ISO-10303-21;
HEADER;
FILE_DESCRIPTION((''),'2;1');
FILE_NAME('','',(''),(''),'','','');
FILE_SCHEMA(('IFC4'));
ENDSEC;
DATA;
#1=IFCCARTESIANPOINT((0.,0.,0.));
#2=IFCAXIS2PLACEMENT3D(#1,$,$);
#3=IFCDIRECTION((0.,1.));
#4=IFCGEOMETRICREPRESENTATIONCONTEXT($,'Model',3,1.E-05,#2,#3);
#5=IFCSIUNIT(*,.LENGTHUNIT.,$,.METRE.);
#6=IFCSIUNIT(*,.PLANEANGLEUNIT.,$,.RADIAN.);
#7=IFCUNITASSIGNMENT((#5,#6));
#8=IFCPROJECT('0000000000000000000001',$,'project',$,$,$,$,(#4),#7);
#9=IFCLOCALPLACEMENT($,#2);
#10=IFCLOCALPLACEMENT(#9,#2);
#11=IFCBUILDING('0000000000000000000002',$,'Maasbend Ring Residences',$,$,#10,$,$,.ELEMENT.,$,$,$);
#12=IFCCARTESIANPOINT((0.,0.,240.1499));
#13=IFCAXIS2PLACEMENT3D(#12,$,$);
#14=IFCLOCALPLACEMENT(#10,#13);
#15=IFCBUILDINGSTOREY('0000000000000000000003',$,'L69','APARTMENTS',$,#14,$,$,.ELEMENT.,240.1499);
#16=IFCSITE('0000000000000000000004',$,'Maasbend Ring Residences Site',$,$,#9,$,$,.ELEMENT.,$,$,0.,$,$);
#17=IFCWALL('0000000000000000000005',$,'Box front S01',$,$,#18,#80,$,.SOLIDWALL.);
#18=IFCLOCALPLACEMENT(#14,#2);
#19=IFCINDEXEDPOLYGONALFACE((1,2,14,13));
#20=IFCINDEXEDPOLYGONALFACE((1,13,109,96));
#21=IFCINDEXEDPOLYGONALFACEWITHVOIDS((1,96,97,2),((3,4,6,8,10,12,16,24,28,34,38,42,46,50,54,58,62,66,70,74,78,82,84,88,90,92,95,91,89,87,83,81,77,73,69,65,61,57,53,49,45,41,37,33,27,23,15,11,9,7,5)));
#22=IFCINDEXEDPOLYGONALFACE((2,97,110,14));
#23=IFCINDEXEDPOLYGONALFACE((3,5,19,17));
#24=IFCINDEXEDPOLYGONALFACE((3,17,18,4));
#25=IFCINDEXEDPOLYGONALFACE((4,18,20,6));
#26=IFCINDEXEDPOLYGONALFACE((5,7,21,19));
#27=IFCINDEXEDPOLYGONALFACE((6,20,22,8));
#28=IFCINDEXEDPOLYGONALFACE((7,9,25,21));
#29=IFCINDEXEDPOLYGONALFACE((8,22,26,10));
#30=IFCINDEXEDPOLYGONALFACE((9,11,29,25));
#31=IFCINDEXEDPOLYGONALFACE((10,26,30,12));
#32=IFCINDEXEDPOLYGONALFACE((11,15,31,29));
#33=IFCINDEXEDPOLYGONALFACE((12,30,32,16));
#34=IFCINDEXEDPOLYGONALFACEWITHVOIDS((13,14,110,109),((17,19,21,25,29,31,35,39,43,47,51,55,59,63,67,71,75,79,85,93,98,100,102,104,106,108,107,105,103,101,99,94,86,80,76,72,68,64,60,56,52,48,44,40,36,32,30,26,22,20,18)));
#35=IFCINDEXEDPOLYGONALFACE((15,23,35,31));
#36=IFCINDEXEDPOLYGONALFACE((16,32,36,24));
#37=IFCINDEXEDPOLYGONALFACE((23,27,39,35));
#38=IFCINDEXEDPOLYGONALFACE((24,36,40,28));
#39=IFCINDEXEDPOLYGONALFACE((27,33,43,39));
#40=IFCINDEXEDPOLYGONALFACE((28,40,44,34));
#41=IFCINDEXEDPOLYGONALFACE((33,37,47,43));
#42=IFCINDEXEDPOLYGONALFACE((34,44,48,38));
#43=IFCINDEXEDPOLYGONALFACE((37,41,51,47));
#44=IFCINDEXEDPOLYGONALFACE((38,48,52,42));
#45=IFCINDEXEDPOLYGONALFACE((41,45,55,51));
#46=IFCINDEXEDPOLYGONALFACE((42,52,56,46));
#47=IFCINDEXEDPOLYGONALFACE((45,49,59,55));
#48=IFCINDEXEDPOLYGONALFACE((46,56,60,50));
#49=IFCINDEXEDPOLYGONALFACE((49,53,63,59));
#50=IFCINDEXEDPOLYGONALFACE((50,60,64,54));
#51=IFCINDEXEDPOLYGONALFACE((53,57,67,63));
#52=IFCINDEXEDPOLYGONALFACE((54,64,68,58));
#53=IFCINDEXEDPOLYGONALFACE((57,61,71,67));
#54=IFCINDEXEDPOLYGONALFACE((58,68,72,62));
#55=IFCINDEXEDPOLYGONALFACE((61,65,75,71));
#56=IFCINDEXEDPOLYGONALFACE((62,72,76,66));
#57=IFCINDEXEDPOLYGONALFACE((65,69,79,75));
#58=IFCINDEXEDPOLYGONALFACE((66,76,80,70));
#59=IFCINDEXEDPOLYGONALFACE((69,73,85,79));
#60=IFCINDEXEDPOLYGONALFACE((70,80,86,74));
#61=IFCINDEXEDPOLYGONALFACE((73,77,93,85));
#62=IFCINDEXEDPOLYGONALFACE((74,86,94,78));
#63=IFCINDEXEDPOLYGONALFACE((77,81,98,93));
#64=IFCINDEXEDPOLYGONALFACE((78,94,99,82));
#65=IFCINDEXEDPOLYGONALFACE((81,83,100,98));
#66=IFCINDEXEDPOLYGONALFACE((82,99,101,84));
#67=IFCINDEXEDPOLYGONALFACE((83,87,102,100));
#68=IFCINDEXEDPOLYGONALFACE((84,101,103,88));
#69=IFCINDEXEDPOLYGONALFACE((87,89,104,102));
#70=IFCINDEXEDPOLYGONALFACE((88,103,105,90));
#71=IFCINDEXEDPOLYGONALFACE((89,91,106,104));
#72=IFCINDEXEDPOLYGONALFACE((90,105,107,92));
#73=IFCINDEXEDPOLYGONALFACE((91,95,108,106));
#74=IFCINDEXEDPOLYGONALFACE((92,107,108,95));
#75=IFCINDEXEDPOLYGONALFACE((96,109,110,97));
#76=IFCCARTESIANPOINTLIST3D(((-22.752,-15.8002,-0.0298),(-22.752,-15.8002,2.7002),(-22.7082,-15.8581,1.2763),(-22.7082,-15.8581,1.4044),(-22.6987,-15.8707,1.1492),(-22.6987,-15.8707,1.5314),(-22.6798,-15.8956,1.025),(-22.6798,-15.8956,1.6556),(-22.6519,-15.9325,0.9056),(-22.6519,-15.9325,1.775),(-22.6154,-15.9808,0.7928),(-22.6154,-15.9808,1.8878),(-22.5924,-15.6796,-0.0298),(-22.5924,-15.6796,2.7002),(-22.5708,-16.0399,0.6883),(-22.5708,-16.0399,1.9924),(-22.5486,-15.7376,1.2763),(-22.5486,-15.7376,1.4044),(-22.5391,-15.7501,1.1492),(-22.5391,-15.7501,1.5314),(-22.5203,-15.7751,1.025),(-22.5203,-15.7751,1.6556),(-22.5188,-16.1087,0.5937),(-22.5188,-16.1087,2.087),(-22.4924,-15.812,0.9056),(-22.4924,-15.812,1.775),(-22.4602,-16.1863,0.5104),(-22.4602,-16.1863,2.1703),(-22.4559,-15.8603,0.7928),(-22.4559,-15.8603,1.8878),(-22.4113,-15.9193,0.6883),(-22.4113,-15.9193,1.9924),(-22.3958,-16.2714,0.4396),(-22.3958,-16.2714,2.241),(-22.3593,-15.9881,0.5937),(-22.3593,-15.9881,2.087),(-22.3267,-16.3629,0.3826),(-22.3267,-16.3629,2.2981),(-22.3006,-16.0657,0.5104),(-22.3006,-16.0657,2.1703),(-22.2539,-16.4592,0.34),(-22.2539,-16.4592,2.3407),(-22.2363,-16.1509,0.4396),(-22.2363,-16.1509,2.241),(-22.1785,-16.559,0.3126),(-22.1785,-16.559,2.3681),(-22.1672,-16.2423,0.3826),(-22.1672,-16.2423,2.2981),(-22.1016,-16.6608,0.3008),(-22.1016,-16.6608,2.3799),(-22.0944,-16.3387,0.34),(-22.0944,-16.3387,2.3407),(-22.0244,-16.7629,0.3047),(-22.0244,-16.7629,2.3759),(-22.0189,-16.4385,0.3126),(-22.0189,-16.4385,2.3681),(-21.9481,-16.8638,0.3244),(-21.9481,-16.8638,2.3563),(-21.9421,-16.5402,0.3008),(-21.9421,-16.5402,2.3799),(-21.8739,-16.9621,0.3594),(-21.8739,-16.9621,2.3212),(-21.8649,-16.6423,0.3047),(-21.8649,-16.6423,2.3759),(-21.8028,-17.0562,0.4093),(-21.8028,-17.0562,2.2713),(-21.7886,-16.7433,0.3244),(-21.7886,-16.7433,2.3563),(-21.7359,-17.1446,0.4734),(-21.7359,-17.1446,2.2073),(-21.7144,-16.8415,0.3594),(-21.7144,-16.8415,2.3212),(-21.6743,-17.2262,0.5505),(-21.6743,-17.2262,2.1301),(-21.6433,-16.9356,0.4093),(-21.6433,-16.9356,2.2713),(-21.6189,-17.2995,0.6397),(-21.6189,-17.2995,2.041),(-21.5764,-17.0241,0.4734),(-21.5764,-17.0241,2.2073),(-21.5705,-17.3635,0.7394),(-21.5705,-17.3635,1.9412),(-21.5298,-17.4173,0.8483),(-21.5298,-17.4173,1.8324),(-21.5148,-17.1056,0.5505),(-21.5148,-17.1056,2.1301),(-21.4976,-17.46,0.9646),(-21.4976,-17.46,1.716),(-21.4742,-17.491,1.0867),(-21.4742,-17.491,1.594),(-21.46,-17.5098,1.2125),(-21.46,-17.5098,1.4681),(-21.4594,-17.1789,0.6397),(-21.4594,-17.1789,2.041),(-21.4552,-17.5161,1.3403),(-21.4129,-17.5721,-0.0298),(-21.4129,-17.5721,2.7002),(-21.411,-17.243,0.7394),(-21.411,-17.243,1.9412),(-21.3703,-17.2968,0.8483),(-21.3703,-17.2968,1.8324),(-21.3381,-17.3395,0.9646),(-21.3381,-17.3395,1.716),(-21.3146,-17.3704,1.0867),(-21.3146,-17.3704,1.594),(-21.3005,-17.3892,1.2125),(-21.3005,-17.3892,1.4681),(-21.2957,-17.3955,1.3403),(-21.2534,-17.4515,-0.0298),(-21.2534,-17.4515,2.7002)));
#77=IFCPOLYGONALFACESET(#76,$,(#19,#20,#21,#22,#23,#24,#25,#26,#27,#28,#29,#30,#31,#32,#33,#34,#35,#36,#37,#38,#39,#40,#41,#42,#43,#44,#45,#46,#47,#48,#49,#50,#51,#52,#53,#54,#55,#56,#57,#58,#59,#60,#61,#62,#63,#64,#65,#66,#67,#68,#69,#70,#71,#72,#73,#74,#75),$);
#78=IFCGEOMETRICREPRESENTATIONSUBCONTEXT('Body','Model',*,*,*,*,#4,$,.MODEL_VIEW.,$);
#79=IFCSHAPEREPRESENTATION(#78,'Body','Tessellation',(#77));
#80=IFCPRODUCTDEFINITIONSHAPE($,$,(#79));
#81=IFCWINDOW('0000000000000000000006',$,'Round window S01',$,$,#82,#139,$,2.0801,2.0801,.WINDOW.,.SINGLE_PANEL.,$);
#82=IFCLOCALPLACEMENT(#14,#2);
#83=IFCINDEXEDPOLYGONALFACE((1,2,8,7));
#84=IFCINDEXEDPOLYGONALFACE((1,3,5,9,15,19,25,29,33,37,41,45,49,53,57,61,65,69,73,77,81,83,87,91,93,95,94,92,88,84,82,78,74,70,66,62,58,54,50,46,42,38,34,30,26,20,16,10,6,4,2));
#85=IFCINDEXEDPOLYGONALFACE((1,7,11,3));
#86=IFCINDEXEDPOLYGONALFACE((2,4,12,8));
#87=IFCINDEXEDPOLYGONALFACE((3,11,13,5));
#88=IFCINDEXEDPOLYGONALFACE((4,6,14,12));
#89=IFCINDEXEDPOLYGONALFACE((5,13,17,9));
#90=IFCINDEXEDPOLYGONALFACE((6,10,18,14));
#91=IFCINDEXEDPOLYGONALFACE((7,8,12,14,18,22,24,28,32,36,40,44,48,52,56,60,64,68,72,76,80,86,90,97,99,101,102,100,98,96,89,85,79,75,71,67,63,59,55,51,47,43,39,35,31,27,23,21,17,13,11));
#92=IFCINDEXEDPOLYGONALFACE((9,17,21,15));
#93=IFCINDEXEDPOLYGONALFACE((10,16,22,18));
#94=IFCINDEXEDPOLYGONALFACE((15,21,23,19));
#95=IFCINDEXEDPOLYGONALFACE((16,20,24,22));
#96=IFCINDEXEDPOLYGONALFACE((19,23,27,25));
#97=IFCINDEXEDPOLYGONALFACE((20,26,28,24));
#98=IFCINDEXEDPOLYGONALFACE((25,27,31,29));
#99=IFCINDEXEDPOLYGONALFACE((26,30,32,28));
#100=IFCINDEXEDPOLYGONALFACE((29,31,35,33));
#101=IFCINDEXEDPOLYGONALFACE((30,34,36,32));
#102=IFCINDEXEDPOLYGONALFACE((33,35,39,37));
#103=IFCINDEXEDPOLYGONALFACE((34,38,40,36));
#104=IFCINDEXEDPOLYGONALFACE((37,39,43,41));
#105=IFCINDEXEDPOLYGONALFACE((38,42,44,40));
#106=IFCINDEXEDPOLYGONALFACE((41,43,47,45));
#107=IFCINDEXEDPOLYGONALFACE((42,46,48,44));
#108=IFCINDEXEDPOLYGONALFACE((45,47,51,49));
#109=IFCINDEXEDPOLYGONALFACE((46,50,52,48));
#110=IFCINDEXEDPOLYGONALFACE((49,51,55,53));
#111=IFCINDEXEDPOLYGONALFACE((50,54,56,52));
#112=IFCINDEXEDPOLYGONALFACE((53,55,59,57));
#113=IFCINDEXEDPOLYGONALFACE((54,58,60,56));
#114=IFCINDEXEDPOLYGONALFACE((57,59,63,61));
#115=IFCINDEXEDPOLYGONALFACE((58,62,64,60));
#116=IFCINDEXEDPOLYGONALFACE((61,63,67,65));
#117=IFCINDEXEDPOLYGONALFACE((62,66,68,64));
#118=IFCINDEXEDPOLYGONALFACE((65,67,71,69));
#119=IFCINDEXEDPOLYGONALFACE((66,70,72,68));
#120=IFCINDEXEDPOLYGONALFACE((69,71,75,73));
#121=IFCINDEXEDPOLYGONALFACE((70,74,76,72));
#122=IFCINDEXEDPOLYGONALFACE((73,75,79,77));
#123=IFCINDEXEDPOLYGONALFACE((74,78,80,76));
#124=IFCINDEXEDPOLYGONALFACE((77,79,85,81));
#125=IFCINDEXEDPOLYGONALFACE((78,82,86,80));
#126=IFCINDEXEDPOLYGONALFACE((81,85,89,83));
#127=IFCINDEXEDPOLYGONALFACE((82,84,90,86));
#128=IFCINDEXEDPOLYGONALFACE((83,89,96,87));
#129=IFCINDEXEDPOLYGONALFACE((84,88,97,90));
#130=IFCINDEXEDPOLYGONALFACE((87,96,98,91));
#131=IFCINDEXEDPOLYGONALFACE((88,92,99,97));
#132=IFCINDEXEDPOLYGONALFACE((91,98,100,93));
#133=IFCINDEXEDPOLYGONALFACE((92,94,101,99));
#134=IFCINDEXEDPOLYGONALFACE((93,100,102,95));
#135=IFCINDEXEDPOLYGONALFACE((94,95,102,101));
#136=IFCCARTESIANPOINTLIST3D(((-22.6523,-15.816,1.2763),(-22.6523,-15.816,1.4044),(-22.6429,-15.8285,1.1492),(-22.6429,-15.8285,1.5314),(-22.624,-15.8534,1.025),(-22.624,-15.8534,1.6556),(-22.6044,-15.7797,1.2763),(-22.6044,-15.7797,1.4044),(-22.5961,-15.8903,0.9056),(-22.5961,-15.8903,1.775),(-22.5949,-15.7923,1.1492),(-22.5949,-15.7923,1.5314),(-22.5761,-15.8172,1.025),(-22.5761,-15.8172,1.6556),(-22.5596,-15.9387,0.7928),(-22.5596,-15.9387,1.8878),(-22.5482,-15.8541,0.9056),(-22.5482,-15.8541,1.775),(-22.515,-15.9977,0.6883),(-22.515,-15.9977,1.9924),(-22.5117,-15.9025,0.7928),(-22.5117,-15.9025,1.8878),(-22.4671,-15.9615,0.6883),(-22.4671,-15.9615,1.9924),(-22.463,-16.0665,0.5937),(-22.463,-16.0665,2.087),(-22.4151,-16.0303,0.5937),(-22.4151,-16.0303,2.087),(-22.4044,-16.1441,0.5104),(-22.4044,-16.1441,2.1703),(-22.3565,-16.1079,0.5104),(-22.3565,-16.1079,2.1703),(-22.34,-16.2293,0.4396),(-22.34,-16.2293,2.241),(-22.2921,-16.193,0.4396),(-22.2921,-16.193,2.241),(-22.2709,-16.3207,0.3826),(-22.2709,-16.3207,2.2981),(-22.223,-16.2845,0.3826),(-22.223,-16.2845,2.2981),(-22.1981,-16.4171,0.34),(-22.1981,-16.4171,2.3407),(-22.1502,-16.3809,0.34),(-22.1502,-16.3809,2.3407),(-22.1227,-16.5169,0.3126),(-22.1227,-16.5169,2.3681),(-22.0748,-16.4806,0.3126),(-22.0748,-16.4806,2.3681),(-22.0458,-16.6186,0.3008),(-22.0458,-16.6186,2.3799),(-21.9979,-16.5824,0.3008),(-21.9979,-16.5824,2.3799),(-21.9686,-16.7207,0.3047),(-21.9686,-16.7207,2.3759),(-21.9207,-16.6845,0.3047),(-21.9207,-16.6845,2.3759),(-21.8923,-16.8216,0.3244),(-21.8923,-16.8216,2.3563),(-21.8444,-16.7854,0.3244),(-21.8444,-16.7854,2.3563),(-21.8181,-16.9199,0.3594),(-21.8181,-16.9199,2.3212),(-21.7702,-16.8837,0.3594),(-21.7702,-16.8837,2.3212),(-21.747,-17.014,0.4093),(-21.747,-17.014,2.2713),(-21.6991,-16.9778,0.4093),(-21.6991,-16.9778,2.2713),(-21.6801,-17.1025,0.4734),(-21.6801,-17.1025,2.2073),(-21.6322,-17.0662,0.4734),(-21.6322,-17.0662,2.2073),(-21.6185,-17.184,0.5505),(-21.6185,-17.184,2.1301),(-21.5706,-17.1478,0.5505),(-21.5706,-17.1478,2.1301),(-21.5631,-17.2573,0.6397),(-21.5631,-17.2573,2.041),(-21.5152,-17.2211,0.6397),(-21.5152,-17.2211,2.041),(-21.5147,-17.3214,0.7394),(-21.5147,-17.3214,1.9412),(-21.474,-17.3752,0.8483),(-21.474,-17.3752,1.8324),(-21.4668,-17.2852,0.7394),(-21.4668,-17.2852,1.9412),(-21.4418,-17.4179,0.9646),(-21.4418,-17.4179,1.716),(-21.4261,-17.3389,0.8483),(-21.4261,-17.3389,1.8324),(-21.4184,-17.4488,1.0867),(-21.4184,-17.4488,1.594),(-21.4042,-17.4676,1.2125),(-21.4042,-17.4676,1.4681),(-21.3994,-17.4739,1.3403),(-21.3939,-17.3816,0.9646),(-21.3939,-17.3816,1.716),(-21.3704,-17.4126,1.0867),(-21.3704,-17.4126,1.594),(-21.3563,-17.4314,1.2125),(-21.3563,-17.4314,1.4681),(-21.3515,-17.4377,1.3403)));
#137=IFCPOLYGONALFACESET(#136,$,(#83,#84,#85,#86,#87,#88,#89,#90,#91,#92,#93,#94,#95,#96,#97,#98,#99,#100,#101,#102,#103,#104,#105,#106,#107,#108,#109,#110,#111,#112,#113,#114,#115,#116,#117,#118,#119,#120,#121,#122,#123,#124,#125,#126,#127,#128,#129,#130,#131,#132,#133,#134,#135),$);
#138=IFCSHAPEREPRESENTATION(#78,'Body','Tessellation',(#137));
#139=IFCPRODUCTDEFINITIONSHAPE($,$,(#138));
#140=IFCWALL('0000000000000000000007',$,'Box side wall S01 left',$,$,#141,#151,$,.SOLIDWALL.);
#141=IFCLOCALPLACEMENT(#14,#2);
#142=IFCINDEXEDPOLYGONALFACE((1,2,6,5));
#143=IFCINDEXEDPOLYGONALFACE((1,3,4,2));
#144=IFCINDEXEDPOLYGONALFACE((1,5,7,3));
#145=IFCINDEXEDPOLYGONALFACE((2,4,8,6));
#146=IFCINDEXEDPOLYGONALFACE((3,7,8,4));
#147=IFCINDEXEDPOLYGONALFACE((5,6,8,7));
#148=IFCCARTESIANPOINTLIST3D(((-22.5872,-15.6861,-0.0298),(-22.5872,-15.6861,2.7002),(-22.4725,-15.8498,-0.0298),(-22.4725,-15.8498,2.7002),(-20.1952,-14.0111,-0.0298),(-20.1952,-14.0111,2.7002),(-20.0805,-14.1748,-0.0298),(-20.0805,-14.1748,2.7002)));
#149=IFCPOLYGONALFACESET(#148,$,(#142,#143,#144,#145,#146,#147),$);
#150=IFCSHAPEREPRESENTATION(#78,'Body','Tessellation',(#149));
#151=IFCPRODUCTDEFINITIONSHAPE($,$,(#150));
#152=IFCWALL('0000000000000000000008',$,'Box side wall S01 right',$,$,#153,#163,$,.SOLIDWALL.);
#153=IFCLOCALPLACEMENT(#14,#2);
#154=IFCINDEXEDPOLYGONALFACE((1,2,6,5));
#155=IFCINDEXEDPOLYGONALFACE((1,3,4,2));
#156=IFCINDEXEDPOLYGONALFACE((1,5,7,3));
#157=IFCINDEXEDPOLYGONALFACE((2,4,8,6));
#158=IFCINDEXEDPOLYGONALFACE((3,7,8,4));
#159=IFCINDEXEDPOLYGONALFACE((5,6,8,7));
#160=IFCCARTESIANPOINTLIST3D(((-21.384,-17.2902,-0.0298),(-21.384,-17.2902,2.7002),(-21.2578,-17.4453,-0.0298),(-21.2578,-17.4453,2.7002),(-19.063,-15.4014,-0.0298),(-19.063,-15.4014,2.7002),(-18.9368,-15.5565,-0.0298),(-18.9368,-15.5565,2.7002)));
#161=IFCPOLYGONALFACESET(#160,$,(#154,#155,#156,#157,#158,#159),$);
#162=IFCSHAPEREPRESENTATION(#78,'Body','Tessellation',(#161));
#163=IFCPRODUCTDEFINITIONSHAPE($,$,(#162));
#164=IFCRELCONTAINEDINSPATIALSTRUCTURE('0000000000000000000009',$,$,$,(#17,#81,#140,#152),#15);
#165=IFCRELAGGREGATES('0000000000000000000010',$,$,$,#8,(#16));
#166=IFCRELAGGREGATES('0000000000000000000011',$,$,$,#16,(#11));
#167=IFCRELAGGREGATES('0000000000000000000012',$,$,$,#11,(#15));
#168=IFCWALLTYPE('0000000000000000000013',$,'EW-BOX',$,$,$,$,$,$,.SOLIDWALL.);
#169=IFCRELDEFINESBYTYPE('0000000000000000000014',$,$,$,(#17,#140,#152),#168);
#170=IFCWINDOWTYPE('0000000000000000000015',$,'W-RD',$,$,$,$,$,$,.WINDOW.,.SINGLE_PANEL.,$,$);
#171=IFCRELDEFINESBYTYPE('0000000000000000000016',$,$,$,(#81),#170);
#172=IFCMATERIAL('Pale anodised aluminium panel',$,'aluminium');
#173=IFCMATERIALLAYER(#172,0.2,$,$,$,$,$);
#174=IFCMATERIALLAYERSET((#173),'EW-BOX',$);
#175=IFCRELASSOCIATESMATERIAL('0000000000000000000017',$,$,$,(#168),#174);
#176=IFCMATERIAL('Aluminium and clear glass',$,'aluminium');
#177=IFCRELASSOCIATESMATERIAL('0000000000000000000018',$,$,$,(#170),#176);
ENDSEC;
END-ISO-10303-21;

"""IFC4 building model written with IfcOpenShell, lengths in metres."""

from ifc_helpers import new_model, si_unit, direction, frame, frame_2d, origin, place, context, subcontext, project, spatial, rectangle, circle, extrude, material, layer, layer_set, type_object, element, fill, save


model = new_model("IFC4")

# Units and contexts
model_context = context("Model", 3, precision=1e-05, world=origin(), true_north=direction((0.0, 1.0)))
body_context = subcontext(model_context, "Body", "Model", "MODEL_VIEW")
ifc_project = project(units=[si_unit("LENGTHUNIT", "METRE"), si_unit("PLANEANGLEUNIT", "RADIAN")], contexts=[model_context])

# Site, building, storey
site_placement = place(None, origin())
site = spatial("IfcSite", under=ifc_project, at=site_placement, Name="Maasbend Ring Residences Site", CompositionType="ELEMENT", RefElevation=0.0)
building_placement = place(site_placement, origin())
building = spatial("IfcBuilding", under=site, at=building_placement, Name="Maasbend Ring Residences", CompositionType="ELEMENT")
storey_placement = place(building_placement, frame((0.0, 0.0, 240.1499)))
storey = spatial("IfcBuildingStorey", under=building, at=storey_placement, Name="L69", Description="APARTMENTS", CompositionType="ELEMENT", Elevation=240.1499)

# Wall, opening, window
ifc_material_1 = material(Name="Pale anodised aluminium panel", Category="aluminium")
ifc_layer_1 = layer(ifc_material_1, 0.2)
ifc_layer_set_1 = layer_set([ifc_layer_1], Name="EW-BOX")
wall_type_1 = type_object("IfcWallType", Name="EW-BOX", PredefinedType="SOLIDWALL", material=ifc_layer_set_1)
wall_1_placement = place(storey_placement, frame((-22.6721, -15.74, -0.0298), z_axis=(0.0, 0.0, 1.0), x_axis=(0.602916, -0.797805, 0.0)))
wall_1 = element("IfcWall", 1, at=wall_1_placement, inside=storey, type_object=wall_type_1, Name="Box front S01", PredefinedType="SOLIDWALL", context=body_context, shape_type="SweptSolid", body=[
    extrude(rectangle(XDim=2.2209, YDim=0.2, at=frame_2d((1.1104, 0.0))), origin(), (0.0, 0.0, 1.0), 2.73),
])
opening_1_placement = place(wall_1_placement, frame((0.0706, 0.0, 0.3301)))
opening_1 = element("IfcOpeningElement", 2, at=opening_1_placement, cuts=wall_1, PredefinedType="OPENING", context=body_context, shape_type="SweptSolid", body=[
    extrude(circle(Radius=1.04, at=frame_2d((1.04, 1.04))), frame((0.0, 0.1099, 0.0), z_axis=(0.0, -1.0, 0.0), x_axis=(1.0, 0.0, 0.0)), (0.0, 0.0, 1.0), 0.22),
])
ifc_material_2 = material(Name="Aluminium and clear glass", Category="aluminium")
window_type_1 = type_object("IfcWindowType", Name="W-RD", PartitioningType="SINGLE_PANEL", PredefinedType="WINDOW", material=ifc_material_2)
window_1_placement = place(opening_1_placement, origin())
window_1 = element("IfcWindow", 3, at=window_1_placement, inside=storey, type_object=window_type_1, Name="Round window S01", OverallHeight=2.0801, OverallWidth=2.0801, PartitioningType="SINGLE_PANEL", PredefinedType="WINDOW", context=body_context, shape_type="SweptSolid", body=[
    extrude(circle(Radius=1.04, at=frame_2d((1.04, 1.04))), frame((0.0, 0.03, 0.0), z_axis=(0.0, -1.0, 0.0), x_axis=(1.0, 0.0, 0.0)), (0.0, 0.0, 1.0), 0.0601),
])
fill(opening_1, window_1)

# Walls
wall_2_placement = place(storey_placement, frame((-20.1379, -14.093, -0.0298), z_axis=(0.0, 0.0, 1.0), x_axis=(-0.819138, -0.573597, 0.0)))
element("IfcWall", 4, at=wall_2_placement, inside=storey, type_object=wall_type_1, Name="Box side wall S01 left", PredefinedType="SOLIDWALL", context=body_context, shape_type="SweptSolid", body=[
    extrude(rectangle(XDim=2.9202, YDim=0.2, at=frame_2d((1.46, 0.0))), origin(), (0.0, 0.0, 1.0), 2.73),
])
wall_3_placement = place(storey_placement, frame((-19.0, -15.479, -0.0298), z_axis=(0.0, 0.0, 1.0), x_axis=(-0.775612, -0.63121, 0.0)))
element("IfcWall", 5, at=wall_3_placement, inside=storey, type_object=wall_type_1, Name="Box side wall S01 right", PredefinedType="SOLIDWALL", context=body_context, shape_type="SweptSolid", body=[
    extrude(rectangle(XDim=2.9924, YDim=0.2, at=frame_2d((1.4961, 0.0))), origin(), (0.0, 0.0, 1.0), 2.73),
])

save(model, "model.ifc")
